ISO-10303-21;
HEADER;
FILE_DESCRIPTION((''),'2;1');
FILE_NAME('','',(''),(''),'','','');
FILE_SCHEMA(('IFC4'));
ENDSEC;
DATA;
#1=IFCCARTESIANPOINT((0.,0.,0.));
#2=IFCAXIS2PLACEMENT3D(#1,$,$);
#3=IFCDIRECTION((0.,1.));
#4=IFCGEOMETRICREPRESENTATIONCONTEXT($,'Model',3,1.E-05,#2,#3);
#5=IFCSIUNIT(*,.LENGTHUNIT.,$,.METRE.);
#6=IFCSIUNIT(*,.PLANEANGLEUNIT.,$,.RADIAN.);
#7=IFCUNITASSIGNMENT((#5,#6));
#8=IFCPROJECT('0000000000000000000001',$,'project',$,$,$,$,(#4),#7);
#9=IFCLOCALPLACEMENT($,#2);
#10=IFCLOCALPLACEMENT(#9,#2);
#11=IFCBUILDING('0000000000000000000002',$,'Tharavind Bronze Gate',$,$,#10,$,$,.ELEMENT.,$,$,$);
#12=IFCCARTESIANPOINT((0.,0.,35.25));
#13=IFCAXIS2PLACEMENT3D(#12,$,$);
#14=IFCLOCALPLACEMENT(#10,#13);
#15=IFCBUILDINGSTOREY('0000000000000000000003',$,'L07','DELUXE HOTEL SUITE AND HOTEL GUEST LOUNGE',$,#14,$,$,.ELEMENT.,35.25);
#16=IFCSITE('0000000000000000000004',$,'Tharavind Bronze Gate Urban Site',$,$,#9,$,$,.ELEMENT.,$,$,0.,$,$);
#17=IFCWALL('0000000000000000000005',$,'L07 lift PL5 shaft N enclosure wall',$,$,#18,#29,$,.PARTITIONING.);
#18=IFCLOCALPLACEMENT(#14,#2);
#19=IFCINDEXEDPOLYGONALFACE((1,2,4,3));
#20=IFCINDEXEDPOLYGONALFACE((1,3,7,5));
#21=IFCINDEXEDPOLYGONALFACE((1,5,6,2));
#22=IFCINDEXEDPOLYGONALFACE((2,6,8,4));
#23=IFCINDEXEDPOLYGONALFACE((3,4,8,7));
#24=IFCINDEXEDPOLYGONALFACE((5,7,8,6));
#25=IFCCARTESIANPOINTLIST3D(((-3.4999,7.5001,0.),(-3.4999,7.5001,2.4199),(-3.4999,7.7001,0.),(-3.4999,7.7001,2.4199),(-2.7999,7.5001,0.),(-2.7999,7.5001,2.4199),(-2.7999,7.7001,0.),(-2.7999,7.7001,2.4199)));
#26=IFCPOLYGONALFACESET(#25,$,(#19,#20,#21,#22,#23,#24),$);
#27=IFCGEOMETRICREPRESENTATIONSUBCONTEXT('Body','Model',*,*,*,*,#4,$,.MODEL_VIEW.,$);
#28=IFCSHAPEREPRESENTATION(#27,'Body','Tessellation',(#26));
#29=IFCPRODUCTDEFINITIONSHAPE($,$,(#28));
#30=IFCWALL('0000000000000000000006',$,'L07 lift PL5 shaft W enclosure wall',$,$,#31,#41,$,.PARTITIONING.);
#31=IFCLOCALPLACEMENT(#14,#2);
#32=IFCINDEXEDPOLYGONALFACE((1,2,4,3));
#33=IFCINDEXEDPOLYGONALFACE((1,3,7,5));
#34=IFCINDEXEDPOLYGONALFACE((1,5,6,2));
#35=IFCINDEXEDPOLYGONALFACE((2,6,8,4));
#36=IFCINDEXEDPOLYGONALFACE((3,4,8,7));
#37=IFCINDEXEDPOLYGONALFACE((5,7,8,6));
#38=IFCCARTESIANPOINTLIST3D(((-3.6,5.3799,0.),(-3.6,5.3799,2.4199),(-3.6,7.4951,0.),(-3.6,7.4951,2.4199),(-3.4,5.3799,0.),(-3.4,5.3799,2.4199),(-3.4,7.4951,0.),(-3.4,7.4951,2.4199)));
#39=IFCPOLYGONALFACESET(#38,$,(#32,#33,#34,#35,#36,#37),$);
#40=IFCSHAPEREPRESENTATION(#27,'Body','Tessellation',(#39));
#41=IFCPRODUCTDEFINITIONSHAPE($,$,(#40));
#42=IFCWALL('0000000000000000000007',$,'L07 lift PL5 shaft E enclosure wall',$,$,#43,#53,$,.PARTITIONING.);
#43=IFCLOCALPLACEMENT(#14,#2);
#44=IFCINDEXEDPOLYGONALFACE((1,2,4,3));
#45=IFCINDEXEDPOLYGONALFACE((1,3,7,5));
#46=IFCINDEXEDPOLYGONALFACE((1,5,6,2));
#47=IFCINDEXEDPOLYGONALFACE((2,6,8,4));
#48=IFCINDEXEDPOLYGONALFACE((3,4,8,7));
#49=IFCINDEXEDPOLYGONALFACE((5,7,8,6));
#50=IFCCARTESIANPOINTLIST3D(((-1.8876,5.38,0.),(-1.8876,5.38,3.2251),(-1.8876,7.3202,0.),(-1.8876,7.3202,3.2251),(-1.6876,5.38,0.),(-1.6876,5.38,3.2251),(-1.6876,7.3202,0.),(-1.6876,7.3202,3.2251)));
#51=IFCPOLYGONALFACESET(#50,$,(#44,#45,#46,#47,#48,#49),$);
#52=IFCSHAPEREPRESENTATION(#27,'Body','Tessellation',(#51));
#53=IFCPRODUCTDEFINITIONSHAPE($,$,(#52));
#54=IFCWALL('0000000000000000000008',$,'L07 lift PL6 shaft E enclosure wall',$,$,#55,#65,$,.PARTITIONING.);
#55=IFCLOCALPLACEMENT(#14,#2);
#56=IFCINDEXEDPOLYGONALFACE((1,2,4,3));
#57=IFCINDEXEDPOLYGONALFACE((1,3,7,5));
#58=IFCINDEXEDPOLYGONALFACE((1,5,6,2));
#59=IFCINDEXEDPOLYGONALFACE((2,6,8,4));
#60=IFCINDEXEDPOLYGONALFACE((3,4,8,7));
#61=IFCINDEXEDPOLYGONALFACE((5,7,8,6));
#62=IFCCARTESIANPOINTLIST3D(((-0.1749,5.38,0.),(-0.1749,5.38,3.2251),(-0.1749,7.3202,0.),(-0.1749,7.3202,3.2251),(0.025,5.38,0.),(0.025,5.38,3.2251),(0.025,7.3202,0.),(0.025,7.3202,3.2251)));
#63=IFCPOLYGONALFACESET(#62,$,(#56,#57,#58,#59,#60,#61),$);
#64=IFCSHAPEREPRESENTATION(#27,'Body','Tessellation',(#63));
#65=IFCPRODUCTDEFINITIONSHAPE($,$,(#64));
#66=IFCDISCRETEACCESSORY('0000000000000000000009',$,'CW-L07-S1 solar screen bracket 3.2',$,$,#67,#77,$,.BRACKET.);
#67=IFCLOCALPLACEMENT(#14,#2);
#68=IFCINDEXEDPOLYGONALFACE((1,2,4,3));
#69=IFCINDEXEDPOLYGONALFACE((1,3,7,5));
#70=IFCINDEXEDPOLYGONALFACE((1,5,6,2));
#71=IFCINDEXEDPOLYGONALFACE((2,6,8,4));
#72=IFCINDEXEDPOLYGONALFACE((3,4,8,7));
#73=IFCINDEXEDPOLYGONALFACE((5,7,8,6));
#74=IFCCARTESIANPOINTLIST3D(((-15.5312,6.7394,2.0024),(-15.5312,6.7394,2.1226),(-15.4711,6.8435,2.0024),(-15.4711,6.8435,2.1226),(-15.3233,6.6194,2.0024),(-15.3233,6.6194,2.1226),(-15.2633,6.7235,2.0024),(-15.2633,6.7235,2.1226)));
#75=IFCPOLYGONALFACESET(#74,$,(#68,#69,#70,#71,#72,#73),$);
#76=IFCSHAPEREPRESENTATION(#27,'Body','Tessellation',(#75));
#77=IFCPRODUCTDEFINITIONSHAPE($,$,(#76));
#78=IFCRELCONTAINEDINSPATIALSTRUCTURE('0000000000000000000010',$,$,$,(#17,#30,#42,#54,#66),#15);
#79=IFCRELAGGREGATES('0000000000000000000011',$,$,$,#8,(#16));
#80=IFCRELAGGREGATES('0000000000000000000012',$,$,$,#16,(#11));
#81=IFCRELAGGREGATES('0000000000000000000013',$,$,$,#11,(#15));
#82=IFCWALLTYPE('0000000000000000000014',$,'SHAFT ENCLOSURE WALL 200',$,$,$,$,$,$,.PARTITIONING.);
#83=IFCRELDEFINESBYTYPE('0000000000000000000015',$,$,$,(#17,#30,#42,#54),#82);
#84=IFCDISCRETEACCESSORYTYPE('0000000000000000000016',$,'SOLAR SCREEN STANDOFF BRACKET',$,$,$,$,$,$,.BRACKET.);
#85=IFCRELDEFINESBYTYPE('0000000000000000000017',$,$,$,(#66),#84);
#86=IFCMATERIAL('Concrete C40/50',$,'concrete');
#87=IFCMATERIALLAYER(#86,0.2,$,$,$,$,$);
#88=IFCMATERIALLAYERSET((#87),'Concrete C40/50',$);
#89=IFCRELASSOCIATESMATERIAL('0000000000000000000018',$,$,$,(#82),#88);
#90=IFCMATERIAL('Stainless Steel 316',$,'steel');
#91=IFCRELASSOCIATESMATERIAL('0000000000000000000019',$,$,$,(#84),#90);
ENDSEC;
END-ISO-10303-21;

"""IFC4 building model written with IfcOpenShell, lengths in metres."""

from ifc_helpers import new_model, si_unit, direction, frame, frame_2d, origin, origin_2d, place, context, subcontext, project, spatial, rectangle, extrude, material, layer, layer_set, type_object, element, save


model = new_model("IFC4")

# Units and contexts
model_context = context("Model", 3, precision=1e-05, world=origin(), true_north=direction((0.0, 1.0)))
body_context = subcontext(model_context, "Body", "Model", "MODEL_VIEW")
ifc_project = project(units=[si_unit("LENGTHUNIT", "METRE"), si_unit("PLANEANGLEUNIT", "RADIAN")], contexts=[model_context])

# Site, building, storey
site_placement = place(None, origin())
site = spatial("IfcSite", under=ifc_project, at=site_placement, Name="Tharavind Bronze Gate Urban Site", CompositionType="ELEMENT", RefElevation=0.0)
building_placement = place(site_placement, origin())
building = spatial("IfcBuilding", under=site, at=building_placement, Name="Tharavind Bronze Gate", CompositionType="ELEMENT")
storey_placement = place(building_placement, frame((0.0, 0.0, 35.25)))
storey = spatial("IfcBuildingStorey", under=building, at=storey_placement, Name="L07", Description="DELUXE HOTEL SUITE AND HOTEL GUEST LOUNGE", CompositionType="ELEMENT", Elevation=35.25)

# Walls
ifc_material_1 = material(Name="Concrete C40/50", Category="concrete")
ifc_layer_1 = layer(ifc_material_1, 0.2)
ifc_layer_set_1 = layer_set([ifc_layer_1], Name="Concrete C40/50")
wall_type_1 = type_object("IfcWallType", Name="SHAFT ENCLOSURE WALL 200", PredefinedType="PARTITIONING", material=ifc_layer_set_1)
wall_1_placement = place(storey_placement, frame((-3.5, 7.6001, 0.0), z_axis=(0.0, 0.0, 1.0), x_axis=(1.0, 0.0, 0.0)))
element("IfcWall", 1, at=wall_1_placement, inside=storey, type_object=wall_type_1, Name="L07 lift PL5 shaft N enclosure wall", PredefinedType="PARTITIONING", context=body_context, shape_type="SweptSolid", body=[
    extrude(rectangle(XDim=0.7, YDim=0.2, at=frame_2d((0.3501, 0.0))), origin(), (0.0, 0.0, 1.0), 2.4199),
])
wall_2_placement = place(storey_placement, frame((-3.5, 5.3799, 0.0), z_axis=(0.0, 0.0, 1.0), x_axis=(0.0, 1.0, 0.0)))
element("IfcWall", 2, at=wall_2_placement, inside=storey, type_object=wall_type_1, Name="L07 lift PL5 shaft W enclosure wall", PredefinedType="PARTITIONING", context=body_context, shape_type="SweptSolid", body=[
    extrude(rectangle(XDim=2.1152, YDim=0.2, at=frame_2d((1.0576, 0.0))), origin(), (0.0, 0.0, 1.0), 2.4199),
])
for number, where, z_axis, x_axis, name in (
    (3, (-1.7876, 5.3799, 0.0), (0.0, 0.0, 1.0), (0.0, 1.0, 0.0), "L07 lift PL5 shaft E enclosure wall"),
    (4, (-0.075, 5.3799, 0.0), (0.0, 0.0, 1.0), (0.0, 1.0, 0.0), "L07 lift PL6 shaft E enclosure wall"),
):
    element("IfcWall", number, at=place(storey_placement, frame(where, z_axis=z_axis, x_axis=x_axis)), inside=storey, type_object=wall_type_1, Name=name, PredefinedType="PARTITIONING", context=body_context, shape_type="SweptSolid", body=[
        extrude(rectangle(XDim=1.9402, YDim=0.2, at=frame_2d((0.9702, 0.0))), origin(), (0.0, 0.0, 1.0), 3.2251),
    ])

# Discrete accessory
ifc_material_2 = material(Name="Stainless Steel 316", Category="steel")
discrete_accessory_type = type_object("IfcDiscreteAccessoryType", Name="SOLAR SCREEN STANDOFF BRACKET", PredefinedType="BRACKET", material=ifc_material_2)
discrete_accessory_placement = place(storey_placement, frame((-15.3972, 6.7314, 2.0024), z_axis=(0.0, 0.0, 1.0), x_axis=(-0.500002, -0.866025, 0.0)))
element("IfcDiscreteAccessory", 5, at=discrete_accessory_placement, inside=storey, type_object=discrete_accessory_type, Name="CW-L07-S1 solar screen bracket 3.2", PredefinedType="BRACKET", context=body_context, shape_type="SweptSolid", body=[
    extrude(rectangle(XDim=0.1201, YDim=0.24, at=origin_2d()), origin(), (0.0, 0.0, 1.0), 0.1201),
])

save(model, "model.ifc")
